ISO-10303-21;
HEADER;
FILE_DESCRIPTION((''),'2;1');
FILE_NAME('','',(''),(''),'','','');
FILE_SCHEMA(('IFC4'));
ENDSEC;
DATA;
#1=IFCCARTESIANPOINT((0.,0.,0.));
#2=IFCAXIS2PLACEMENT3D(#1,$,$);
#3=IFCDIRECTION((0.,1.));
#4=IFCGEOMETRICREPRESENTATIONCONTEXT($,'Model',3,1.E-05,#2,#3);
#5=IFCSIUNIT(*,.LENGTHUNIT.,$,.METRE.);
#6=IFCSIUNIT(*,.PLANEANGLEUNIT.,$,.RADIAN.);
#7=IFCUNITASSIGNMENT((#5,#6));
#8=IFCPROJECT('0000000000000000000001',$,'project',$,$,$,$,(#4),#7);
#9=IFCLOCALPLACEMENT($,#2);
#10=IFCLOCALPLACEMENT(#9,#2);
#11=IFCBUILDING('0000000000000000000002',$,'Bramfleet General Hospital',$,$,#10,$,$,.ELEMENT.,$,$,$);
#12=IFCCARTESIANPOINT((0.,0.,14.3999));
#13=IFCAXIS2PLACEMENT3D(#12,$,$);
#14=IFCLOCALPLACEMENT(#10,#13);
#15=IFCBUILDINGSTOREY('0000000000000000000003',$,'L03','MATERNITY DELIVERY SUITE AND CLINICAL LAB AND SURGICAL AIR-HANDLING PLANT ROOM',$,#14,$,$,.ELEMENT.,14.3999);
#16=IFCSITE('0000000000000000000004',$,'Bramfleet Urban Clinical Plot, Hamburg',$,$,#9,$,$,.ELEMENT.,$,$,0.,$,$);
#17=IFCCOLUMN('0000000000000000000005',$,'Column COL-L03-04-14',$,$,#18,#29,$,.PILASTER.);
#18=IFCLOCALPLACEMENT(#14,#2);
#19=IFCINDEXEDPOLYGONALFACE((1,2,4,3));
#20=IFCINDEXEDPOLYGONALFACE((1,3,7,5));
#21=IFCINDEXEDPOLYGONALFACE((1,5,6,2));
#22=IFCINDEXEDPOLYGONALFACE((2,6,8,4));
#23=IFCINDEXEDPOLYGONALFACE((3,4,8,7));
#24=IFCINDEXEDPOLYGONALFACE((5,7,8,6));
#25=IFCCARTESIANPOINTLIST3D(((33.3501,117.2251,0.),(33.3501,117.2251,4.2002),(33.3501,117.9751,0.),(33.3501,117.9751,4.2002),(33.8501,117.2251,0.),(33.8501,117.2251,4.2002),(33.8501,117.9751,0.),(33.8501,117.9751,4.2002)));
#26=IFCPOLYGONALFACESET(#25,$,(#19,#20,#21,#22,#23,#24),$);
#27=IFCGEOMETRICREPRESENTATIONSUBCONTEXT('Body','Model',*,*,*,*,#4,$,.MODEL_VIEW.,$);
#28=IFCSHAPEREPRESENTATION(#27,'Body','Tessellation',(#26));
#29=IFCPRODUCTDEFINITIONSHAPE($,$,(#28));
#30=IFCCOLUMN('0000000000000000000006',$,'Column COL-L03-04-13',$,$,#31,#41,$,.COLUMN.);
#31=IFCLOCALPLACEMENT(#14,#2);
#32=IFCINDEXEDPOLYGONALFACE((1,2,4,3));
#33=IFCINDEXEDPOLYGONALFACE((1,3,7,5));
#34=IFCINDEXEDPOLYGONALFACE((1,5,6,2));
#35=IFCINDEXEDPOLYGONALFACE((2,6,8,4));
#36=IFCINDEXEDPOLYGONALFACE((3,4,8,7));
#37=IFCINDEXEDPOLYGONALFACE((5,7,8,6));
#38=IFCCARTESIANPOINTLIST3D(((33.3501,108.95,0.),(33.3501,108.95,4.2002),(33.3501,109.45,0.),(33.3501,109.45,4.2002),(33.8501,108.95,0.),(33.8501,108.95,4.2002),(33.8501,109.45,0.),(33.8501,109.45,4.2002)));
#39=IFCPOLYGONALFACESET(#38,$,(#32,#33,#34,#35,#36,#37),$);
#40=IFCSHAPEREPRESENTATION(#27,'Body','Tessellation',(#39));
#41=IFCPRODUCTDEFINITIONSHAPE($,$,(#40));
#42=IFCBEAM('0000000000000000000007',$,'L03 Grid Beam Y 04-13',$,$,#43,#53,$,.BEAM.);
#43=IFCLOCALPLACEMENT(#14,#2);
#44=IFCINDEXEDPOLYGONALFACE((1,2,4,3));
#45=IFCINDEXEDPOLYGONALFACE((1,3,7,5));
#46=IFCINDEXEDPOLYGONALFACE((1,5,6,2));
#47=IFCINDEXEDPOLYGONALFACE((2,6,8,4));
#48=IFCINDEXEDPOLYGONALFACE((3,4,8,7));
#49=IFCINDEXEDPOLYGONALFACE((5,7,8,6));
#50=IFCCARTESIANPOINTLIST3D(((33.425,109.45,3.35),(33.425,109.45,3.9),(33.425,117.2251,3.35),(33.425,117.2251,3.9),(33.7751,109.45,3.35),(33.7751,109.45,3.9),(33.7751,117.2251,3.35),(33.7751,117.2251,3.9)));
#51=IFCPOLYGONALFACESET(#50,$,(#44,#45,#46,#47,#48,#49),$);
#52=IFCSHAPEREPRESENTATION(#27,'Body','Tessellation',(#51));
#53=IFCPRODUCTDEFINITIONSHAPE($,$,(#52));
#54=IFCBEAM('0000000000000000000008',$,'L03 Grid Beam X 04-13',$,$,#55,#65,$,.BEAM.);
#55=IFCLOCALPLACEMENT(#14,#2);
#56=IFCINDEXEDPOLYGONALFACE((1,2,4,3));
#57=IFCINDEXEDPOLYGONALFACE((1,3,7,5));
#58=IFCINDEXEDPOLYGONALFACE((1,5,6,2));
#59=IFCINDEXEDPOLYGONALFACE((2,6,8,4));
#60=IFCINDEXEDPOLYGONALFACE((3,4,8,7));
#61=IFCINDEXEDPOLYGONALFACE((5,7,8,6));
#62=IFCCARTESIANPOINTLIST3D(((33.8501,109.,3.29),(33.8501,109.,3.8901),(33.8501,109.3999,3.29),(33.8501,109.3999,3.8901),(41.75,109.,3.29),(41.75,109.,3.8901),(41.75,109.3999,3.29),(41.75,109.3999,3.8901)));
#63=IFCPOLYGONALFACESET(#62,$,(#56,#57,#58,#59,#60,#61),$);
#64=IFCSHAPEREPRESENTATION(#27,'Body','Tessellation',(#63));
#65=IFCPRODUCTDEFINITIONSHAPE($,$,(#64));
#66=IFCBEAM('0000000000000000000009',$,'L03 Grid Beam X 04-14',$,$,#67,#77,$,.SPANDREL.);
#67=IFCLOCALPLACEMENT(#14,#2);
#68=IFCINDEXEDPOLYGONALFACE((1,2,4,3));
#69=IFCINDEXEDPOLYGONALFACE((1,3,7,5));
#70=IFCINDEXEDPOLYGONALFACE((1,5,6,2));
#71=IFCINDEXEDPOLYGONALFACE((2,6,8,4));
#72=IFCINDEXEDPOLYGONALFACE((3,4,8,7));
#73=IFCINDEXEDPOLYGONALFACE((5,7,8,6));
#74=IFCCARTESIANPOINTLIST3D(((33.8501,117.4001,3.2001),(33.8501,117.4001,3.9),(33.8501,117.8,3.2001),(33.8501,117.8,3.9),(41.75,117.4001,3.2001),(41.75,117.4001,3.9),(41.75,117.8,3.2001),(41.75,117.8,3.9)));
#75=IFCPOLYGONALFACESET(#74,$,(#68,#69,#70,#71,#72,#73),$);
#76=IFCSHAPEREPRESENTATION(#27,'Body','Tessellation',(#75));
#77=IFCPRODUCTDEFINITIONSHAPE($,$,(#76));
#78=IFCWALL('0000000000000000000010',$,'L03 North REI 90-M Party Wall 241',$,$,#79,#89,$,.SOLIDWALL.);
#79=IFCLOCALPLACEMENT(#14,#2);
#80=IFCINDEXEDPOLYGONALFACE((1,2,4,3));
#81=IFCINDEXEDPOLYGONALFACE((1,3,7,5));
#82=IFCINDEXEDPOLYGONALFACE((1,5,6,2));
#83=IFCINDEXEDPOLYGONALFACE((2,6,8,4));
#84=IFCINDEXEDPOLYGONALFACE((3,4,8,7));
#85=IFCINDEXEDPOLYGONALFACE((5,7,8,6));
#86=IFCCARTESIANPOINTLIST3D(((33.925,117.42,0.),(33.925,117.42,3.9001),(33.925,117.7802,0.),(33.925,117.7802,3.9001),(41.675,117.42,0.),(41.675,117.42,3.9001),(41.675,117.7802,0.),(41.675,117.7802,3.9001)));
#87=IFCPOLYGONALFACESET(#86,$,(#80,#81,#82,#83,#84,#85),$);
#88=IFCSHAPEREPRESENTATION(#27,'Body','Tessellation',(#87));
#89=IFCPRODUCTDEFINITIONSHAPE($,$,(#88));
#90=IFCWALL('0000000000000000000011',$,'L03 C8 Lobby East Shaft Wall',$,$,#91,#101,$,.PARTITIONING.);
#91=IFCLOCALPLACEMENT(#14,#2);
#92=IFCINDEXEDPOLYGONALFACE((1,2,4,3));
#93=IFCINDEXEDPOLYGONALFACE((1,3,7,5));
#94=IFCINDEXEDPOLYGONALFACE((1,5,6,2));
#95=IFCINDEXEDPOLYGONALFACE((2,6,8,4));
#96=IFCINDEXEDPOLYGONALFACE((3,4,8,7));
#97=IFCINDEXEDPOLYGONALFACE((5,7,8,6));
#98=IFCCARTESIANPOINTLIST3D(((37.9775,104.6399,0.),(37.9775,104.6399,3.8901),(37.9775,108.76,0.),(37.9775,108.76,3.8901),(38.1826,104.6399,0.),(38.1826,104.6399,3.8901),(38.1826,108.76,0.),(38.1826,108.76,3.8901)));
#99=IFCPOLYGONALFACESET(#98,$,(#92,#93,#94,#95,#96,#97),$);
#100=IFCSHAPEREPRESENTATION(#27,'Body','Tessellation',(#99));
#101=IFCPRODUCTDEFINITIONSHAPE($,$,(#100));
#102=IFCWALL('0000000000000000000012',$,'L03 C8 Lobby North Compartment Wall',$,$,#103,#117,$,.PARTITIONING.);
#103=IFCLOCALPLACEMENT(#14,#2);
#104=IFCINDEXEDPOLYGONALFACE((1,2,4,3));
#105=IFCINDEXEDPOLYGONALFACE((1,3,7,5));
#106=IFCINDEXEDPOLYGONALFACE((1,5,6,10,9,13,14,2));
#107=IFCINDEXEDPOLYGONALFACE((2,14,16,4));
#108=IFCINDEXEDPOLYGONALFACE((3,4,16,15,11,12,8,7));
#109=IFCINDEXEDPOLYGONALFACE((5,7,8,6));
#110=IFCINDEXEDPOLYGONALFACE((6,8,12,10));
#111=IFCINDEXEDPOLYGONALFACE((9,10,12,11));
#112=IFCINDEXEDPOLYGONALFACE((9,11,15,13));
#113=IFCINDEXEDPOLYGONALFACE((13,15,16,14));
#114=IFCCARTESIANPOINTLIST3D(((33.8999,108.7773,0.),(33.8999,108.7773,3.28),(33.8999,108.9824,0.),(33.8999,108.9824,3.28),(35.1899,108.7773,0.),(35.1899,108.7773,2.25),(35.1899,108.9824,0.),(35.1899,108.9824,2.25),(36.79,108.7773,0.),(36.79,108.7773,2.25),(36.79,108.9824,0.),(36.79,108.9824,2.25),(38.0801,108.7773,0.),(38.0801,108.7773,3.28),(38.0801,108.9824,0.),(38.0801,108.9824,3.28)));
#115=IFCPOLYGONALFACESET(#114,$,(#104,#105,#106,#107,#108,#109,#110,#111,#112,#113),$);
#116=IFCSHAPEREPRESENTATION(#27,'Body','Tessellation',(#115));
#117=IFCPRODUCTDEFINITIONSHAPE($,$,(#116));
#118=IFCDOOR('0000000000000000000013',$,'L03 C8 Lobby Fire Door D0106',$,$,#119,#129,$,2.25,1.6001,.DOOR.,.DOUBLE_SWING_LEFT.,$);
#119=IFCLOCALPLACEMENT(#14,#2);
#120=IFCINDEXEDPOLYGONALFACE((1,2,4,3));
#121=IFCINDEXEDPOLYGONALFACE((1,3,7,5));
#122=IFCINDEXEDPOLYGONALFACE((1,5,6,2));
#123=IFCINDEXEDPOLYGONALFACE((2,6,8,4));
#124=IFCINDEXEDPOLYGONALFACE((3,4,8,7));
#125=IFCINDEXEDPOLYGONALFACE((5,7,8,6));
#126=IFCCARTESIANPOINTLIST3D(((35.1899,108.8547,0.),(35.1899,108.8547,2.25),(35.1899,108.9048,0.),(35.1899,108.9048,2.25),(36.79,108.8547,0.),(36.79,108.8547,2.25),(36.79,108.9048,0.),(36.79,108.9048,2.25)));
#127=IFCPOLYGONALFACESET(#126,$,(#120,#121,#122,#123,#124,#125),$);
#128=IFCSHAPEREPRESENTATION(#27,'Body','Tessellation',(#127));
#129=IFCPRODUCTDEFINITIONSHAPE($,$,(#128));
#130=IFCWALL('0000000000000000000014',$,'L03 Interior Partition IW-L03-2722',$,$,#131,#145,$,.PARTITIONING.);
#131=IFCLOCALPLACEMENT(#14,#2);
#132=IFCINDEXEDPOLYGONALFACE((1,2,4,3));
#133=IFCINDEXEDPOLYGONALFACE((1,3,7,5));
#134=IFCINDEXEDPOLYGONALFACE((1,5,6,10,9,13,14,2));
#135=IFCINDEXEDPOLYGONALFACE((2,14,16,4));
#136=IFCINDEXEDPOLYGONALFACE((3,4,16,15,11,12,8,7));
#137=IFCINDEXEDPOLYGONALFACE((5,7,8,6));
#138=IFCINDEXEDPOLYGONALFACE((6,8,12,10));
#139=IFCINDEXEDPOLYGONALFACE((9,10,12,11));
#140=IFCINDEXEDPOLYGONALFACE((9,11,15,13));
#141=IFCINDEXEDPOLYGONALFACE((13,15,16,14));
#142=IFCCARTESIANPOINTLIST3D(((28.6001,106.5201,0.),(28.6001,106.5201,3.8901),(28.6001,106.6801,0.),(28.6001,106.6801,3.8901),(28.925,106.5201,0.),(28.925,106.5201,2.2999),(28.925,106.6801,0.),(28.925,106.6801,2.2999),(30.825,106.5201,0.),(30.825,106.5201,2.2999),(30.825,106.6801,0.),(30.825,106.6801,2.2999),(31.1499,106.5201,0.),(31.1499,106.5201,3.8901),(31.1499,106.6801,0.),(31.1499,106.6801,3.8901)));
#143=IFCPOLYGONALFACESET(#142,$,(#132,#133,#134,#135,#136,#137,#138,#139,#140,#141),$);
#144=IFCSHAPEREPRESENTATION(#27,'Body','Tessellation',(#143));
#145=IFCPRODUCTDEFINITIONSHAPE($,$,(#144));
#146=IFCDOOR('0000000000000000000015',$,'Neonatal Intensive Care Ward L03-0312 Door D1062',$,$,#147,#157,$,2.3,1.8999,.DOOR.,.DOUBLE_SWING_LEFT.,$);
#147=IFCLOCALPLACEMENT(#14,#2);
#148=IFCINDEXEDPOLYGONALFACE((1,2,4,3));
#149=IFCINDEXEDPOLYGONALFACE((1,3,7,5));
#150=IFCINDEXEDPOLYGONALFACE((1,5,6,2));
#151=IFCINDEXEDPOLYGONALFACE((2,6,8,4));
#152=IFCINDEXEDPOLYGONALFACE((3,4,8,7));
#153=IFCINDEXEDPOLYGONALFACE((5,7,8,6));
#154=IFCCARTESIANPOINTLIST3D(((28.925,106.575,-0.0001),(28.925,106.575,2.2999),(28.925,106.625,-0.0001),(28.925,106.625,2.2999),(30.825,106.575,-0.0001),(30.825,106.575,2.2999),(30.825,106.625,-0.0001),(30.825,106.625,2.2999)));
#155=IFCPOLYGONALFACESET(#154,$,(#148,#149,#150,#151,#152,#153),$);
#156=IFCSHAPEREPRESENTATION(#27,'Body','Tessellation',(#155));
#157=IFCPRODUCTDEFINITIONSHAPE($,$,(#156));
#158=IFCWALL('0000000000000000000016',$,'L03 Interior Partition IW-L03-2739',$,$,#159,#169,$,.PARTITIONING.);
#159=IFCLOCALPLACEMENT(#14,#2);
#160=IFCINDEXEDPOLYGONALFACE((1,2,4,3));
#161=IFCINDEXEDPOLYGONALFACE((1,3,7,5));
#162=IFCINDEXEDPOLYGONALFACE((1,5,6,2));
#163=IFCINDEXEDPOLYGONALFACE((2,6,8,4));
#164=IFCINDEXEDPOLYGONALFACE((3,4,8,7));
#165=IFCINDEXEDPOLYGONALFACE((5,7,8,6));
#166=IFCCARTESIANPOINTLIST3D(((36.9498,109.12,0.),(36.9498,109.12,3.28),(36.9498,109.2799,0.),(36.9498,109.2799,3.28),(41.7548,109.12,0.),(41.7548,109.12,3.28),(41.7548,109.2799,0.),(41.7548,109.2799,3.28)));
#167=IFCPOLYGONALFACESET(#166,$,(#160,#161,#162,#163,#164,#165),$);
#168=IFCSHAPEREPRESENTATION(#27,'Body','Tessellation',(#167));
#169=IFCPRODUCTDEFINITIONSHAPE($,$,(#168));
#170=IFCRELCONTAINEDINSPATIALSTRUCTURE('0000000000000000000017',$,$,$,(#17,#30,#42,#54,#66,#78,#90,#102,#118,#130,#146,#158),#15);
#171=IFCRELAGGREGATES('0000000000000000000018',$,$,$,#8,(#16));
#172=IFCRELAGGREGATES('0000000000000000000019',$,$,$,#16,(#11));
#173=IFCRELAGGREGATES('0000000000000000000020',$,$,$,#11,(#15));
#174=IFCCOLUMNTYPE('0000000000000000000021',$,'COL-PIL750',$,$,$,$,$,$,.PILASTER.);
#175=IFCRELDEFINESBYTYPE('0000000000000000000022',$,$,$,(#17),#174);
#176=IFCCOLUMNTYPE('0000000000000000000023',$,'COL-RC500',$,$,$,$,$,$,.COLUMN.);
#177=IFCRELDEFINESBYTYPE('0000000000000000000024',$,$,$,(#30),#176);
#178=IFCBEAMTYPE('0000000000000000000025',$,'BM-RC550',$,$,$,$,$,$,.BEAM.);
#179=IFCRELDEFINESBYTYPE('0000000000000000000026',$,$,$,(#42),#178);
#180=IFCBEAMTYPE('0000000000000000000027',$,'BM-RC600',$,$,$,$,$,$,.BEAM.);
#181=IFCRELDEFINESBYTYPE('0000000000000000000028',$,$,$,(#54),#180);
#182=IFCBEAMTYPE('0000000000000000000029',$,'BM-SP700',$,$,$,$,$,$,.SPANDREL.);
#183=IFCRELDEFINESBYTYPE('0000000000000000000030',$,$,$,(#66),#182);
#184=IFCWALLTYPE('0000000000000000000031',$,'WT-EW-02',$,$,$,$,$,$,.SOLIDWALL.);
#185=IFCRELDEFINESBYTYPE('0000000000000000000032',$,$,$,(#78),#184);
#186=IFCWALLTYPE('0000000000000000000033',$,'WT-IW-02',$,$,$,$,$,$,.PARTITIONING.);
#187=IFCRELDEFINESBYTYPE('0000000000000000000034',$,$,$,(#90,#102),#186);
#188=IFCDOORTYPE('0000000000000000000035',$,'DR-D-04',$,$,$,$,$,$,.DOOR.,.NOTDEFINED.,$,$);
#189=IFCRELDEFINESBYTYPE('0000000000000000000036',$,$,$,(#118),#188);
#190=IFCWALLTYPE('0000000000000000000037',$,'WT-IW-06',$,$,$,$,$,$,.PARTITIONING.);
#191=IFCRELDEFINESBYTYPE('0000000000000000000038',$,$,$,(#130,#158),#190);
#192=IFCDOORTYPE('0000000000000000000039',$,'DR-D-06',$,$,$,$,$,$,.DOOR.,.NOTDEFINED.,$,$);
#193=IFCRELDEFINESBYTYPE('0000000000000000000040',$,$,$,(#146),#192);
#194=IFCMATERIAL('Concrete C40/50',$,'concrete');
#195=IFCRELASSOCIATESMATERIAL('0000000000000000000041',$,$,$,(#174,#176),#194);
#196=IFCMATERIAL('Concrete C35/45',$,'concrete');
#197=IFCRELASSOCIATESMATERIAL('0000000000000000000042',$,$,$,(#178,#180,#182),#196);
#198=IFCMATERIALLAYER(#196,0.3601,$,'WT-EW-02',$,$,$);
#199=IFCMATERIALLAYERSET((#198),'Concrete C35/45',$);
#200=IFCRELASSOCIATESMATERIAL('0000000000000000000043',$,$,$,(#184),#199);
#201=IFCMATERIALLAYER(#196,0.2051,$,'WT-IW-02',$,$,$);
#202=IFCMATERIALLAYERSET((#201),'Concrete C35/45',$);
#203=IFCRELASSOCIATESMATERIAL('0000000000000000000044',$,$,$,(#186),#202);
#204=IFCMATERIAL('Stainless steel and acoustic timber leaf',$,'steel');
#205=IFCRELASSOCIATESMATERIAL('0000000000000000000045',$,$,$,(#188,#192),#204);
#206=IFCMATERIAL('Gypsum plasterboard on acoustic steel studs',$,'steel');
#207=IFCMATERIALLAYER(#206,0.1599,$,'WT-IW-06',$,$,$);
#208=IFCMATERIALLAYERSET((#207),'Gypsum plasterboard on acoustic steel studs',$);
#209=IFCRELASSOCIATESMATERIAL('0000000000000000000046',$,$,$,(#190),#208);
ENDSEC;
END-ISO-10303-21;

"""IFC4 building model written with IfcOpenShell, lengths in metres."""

from ifc_helpers import new_model, si_unit, direction, frame, frame_2d, origin, origin_2d, place, context, subcontext, project, spatial, rectangle, extrude, material, layer, layer_set, material_profile, profile_set, type_object, element, fill, save


model = new_model("IFC4")

# Units and contexts
model_context = context("Model", 3, precision=1e-05, world=origin(), true_north=direction((0.0, 1.0)))
body_context = subcontext(model_context, "Body", "Model", "MODEL_VIEW")
ifc_project = project(units=[si_unit("LENGTHUNIT", "METRE"), si_unit("PLANEANGLEUNIT", "RADIAN")], contexts=[model_context])

# Site, building, storey
site_placement = place(None, origin())
site = spatial("IfcSite", under=ifc_project, at=site_placement, Name="Bramfleet Urban Clinical Plot, Hamburg", CompositionType="ELEMENT", RefElevation=0.0)
building_placement = place(site_placement, origin())
building = spatial("IfcBuilding", under=site, at=building_placement, Name="Bramfleet General Hospital", CompositionType="ELEMENT")
storey_placement = place(building_placement, frame((0.0, 0.0, 14.3999)))
storey = spatial("IfcBuildingStorey", under=building, at=storey_placement, Name="L03", Description="MATERNITY DELIVERY SUITE AND CLINICAL LAB AND SURGICAL AIR-HANDLING PLANT ROOM", CompositionType="ELEMENT", Elevation=14.3999)

# Columns
ifc_material_1 = material(Name="Concrete C40/50", Category="concrete")
ifc_material_profile_1 = material_profile(ifc_material_1, rectangle(XDim=0.5, YDim=0.75, at=origin_2d()), Name="RC PIL 750x500")
ifc_profile_set_1 = profile_set([ifc_material_profile_1], Name="Concrete C40/50")
column_type_1 = type_object("IfcColumnType", Name="COL-PIL750", PredefinedType="PILASTER", material=ifc_profile_set_1)
column_1_placement = place(storey_placement, frame((33.6001, 117.6001, 0.0), z_axis=(0.0, 0.0, 1.0), x_axis=(1.0, 0.0, 0.0)))
element("IfcColumn", 1, at=column_1_placement, inside=storey, type_object=column_type_1, Name="Column COL-L03-04-14", PredefinedType="PILASTER", context=body_context, shape_type="SweptSolid", body=[
    extrude(rectangle(XDim=0.5, YDim=0.75, at=origin_2d()), origin(), (0.0, 0.0, 1.0), 4.2002),
])
ifc_material_profile_2 = material_profile(ifc_material_1, rectangle(XDim=0.5, YDim=0.5, at=origin_2d()), Name="RC COL 500x500")
ifc_profile_set_2 = profile_set([ifc_material_profile_2], Name="Concrete C40/50")
column_type_2 = type_object("IfcColumnType", Name="COL-RC500", PredefinedType="COLUMN", material=ifc_profile_set_2)
column_2_placement = place(storey_placement, frame((33.6001, 109.2, 0.0), z_axis=(0.0, 0.0, 1.0), x_axis=(1.0, 0.0, 0.0)))
element("IfcColumn", 2, at=column_2_placement, inside=storey, type_object=column_type_2, Name="Column COL-L03-04-13", PredefinedType="COLUMN", context=body_context, shape_type="SweptSolid", body=[
    extrude(rectangle(XDim=0.5, YDim=0.5, at=origin_2d()), origin(), (0.0, 0.0, 1.0), 4.2002),
])

# Beams
ifc_material_2 = material(Name="Concrete C35/45", Category="concrete")
ifc_material_profile_3 = material_profile(ifc_material_2, rectangle(XDim=0.3501, YDim=0.55, at=origin_2d()), Name="RC BM 550x350")
ifc_profile_set_3 = profile_set([ifc_material_profile_3], Name="Concrete C35/45")
beam_type_1 = type_object("IfcBeamType", Name="BM-RC550", PredefinedType="BEAM", material=ifc_profile_set_3)
beam_1_placement = place(storey_placement, frame((33.6001, 109.45, 3.625), z_axis=(0.0, 1.0, 0.0), x_axis=(-1.0, 0.0, 0.0)))
element("IfcBeam", 3, at=beam_1_placement, inside=storey, type_object=beam_type_1, Name="L03 Grid Beam Y 04-13", PredefinedType="BEAM", context=body_context, shape_type="SweptSolid", body=[
    extrude(rectangle(XDim=0.3501, YDim=0.55, at=origin_2d()), origin(), (0.0, 0.0, 1.0), 7.7751),
])
ifc_material_profile_4 = material_profile(ifc_material_2, rectangle(XDim=0.3999, YDim=0.6001, at=origin_2d()), Name="RC BM 600x400")
ifc_profile_set_4 = profile_set([ifc_material_profile_4], Name="Concrete C35/45")
beam_type_2 = type_object("IfcBeamType", Name="BM-RC600", PredefinedType="BEAM", material=ifc_profile_set_4)
beam_2_placement = place(storey_placement, frame((33.8501, 109.2, 3.5901), z_axis=(1.0, 0.0, 0.0), x_axis=(0.0, 1.0, 0.0)))
element("IfcBeam", 4, at=beam_2_placement, inside=storey, type_object=beam_type_2, Name="L03 Grid Beam X 04-13", PredefinedType="BEAM", context=body_context, shape_type="SweptSolid", body=[
    extrude(rectangle(XDim=0.3999, YDim=0.6001, at=origin_2d()), origin(), (0.0, 0.0, 1.0), 7.8999),
])
ifc_material_profile_5 = material_profile(ifc_material_2, rectangle(XDim=0.3999, YDim=0.7, at=origin_2d()), Name="RC SP 700x400")
ifc_profile_set_5 = profile_set([ifc_material_profile_5], Name="Concrete C35/45")
beam_type_3 = type_object("IfcBeamType", Name="BM-SP700", PredefinedType="SPANDREL", material=ifc_profile_set_5)
beam_3_placement = place(storey_placement, frame((33.8501, 117.6001, 3.55), z_axis=(1.0, 0.0, 0.0), x_axis=(0.0, 1.0, 0.0)))
element("IfcBeam", 5, at=beam_3_placement, inside=storey, type_object=beam_type_3, Name="L03 Grid Beam X 04-14", PredefinedType="SPANDREL", context=body_context, shape_type="SweptSolid", body=[
    extrude(rectangle(XDim=0.3999, YDim=0.7, at=origin_2d()), origin(), (0.0, 0.0, 1.0), 7.8999),
])

# Walls
ifc_layer_1 = layer(ifc_material_2, 0.3601, Name="WT-EW-02")
ifc_layer_set_1 = layer_set([ifc_layer_1], Name="Concrete C35/45")
wall_type_1 = type_object("IfcWallType", Name="WT-EW-02", PredefinedType="SOLIDWALL", material=ifc_layer_set_1)
wall_1_placement = place(storey_placement, frame((33.925, 117.6001, 0.0), z_axis=(0.0, 0.0, 1.0), x_axis=(1.0, 0.0, 0.0)))
element("IfcWall", 6, at=wall_1_placement, inside=storey, type_object=wall_type_1, Name="L03 North REI 90-M Party Wall 241", PredefinedType="SOLIDWALL", context=body_context, shape_type="SweptSolid", body=[
    extrude(rectangle(XDim=7.75, YDim=0.3601, at=frame_2d((3.875, 0.0))), origin(), (0.0, 0.0, 1.0), 3.9001),
])
ifc_layer_2 = layer(ifc_material_2, 0.2051, Name="WT-IW-02")
ifc_layer_set_2 = layer_set([ifc_layer_2], Name="Concrete C35/45")
wall_type_2 = type_object("IfcWallType", Name="WT-IW-02", PredefinedType="PARTITIONING", material=ifc_layer_set_2)
wall_2_placement = place(storey_placement, frame((38.0801, 104.6399, 0.0), z_axis=(0.0, 0.0, 1.0), x_axis=(0.0, 1.0, 0.0)))
element("IfcWall", 7, at=wall_2_placement, inside=storey, type_object=wall_type_2, Name="L03 C8 Lobby East Shaft Wall", PredefinedType="PARTITIONING", context=body_context, shape_type="SweptSolid", body=[
    extrude(rectangle(XDim=4.1201, YDim=0.2051, at=frame_2d((2.0601, 0.0))), origin(), (0.0, 0.0, 1.0), 3.8901),
])

# Walls, openings, doors
wall_3_placement = place(storey_placement, frame((33.8999, 108.8799, 0.0), z_axis=(0.0, 0.0, 1.0), x_axis=(1.0, 0.0, 0.0)))
wall_3 = element("IfcWall", 8, at=wall_3_placement, inside=storey, type_object=wall_type_2, Name="L03 C8 Lobby North Compartment Wall", PredefinedType="PARTITIONING", context=body_context, shape_type="SweptSolid", body=[
    extrude(rectangle(XDim=4.1802, YDim=0.2051, at=frame_2d((2.0901, 0.0))), origin(), (0.0, 0.0, 1.0), 3.28),
])
opening_1_placement = place(wall_3_placement, frame((1.29, 0.0, 0.0)))
opening_1 = element("IfcOpeningElement", 9, at=opening_1_placement, cuts=wall_3, PredefinedType="OPENING", context=body_context, shape_type="SweptSolid", body=[
    extrude(rectangle(XDim=1.6001, YDim=2.25, at=frame_2d((0.8, 1.125))), frame((0.0, 0.1125, 0.0), z_axis=(0.0, -1.0, 0.0), x_axis=(1.0, 0.0, 0.0)), (0.0, 0.0, 1.0), 0.2251),
])
ifc_material_3 = material(Name="Stainless steel and acoustic timber leaf", Category="steel")
door_type_1 = type_object("IfcDoorType", Name="DR-D-04", OperationType="NOTDEFINED", PredefinedType="DOOR", material=ifc_material_3)
door_1_placement = place(opening_1_placement, origin())
door_1 = element("IfcDoor", 10, at=door_1_placement, inside=storey, type_object=door_type_1, Name="L03 C8 Lobby Fire Door D0106", OperationType="DOUBLE_SWING_LEFT", OverallHeight=2.25, OverallWidth=1.6001, PredefinedType="DOOR", context=body_context, shape_type="SweptSolid", body=[
    extrude(rectangle(XDim=1.6001, YDim=2.25, at=frame_2d((0.8, 1.125))), frame((0.0, 0.0249, 0.0), z_axis=(0.0, -1.0, 0.0), x_axis=(1.0, 0.0, 0.0)), (0.0, 0.0, 1.0), 0.05),
])
fill(opening_1, door_1)
ifc_material_4 = material(Name="Gypsum plasterboard on acoustic steel studs", Category="steel")
ifc_layer_3 = layer(ifc_material_4, 0.1599, Name="WT-IW-06")
ifc_layer_set_3 = layer_set([ifc_layer_3], Name="Gypsum plasterboard on acoustic steel studs")
wall_type_3 = type_object("IfcWallType", Name="WT-IW-06", PredefinedType="PARTITIONING", material=ifc_layer_set_3)
wall_4_placement = place(storey_placement, frame((28.6001, 106.6001, 0.0), z_axis=(0.0, 0.0, 1.0), x_axis=(1.0, 0.0, 0.0)))
wall_4 = element("IfcWall", 11, at=wall_4_placement, inside=storey, type_object=wall_type_3, Name="L03 Interior Partition IW-L03-2722", PredefinedType="PARTITIONING", context=body_context, shape_type="SweptSolid", body=[
    extrude(rectangle(XDim=2.5498, YDim=0.1599, at=frame_2d((1.2749, 0.0))), origin(), (0.0, 0.0, 1.0), 3.8901),
])
opening_2_placement = place(wall_4_placement, frame((0.325, 0.0, 0.0)))
opening_2 = element("IfcOpeningElement", 12, at=opening_2_placement, cuts=wall_4, PredefinedType="OPENING", context=body_context, shape_type="SweptSolid", body=[
    extrude(rectangle(XDim=1.8999, YDim=2.3, at=frame_2d((0.95, 1.1499))), frame((0.0, 0.0898, 0.0), z_axis=(0.0, -1.0, 0.0), x_axis=(1.0, 0.0, 0.0)), (0.0, 0.0, 1.0), 0.1799),
])
door_type_2 = type_object("IfcDoorType", Name="DR-D-06", OperationType="NOTDEFINED", PredefinedType="DOOR", material=ifc_material_3)
door_2_placement = place(opening_2_placement, origin())
door_2 = element("IfcDoor", 13, at=door_2_placement, inside=storey, type_object=door_type_2, Name="Neonatal Intensive Care Ward L03-0312 Door D1062", OperationType="DOUBLE_SWING_LEFT", OverallHeight=2.3, OverallWidth=1.8999, PredefinedType="DOOR", context=body_context, shape_type="SweptSolid", body=[
    extrude(rectangle(XDim=1.8999, YDim=2.3, at=frame_2d((0.95, 1.1499))), frame((0.0, 0.0249, 0.0), z_axis=(0.0, -1.0, 0.0), x_axis=(1.0, 0.0, 0.0)), (0.0, 0.0, 1.0), 0.05),
])
fill(opening_2, door_2)

# Wall
wall_5_placement = place(storey_placement, frame((36.95, 109.2, 0.0), z_axis=(0.0, 0.0, 1.0), x_axis=(1.0, 0.0, 0.0)))
element("IfcWall", 14, at=wall_5_placement, inside=storey, type_object=wall_type_3, Name="L03 Interior Partition IW-L03-2739", PredefinedType="PARTITIONING", context=body_context, shape_type="SweptSolid", body=[
    extrude(rectangle(XDim=4.8049, YDim=0.1599, at=frame_2d((2.4023, 0.0))), origin(), (0.0, 0.0, 1.0), 3.28),
])

save(model, "model.ifc")
